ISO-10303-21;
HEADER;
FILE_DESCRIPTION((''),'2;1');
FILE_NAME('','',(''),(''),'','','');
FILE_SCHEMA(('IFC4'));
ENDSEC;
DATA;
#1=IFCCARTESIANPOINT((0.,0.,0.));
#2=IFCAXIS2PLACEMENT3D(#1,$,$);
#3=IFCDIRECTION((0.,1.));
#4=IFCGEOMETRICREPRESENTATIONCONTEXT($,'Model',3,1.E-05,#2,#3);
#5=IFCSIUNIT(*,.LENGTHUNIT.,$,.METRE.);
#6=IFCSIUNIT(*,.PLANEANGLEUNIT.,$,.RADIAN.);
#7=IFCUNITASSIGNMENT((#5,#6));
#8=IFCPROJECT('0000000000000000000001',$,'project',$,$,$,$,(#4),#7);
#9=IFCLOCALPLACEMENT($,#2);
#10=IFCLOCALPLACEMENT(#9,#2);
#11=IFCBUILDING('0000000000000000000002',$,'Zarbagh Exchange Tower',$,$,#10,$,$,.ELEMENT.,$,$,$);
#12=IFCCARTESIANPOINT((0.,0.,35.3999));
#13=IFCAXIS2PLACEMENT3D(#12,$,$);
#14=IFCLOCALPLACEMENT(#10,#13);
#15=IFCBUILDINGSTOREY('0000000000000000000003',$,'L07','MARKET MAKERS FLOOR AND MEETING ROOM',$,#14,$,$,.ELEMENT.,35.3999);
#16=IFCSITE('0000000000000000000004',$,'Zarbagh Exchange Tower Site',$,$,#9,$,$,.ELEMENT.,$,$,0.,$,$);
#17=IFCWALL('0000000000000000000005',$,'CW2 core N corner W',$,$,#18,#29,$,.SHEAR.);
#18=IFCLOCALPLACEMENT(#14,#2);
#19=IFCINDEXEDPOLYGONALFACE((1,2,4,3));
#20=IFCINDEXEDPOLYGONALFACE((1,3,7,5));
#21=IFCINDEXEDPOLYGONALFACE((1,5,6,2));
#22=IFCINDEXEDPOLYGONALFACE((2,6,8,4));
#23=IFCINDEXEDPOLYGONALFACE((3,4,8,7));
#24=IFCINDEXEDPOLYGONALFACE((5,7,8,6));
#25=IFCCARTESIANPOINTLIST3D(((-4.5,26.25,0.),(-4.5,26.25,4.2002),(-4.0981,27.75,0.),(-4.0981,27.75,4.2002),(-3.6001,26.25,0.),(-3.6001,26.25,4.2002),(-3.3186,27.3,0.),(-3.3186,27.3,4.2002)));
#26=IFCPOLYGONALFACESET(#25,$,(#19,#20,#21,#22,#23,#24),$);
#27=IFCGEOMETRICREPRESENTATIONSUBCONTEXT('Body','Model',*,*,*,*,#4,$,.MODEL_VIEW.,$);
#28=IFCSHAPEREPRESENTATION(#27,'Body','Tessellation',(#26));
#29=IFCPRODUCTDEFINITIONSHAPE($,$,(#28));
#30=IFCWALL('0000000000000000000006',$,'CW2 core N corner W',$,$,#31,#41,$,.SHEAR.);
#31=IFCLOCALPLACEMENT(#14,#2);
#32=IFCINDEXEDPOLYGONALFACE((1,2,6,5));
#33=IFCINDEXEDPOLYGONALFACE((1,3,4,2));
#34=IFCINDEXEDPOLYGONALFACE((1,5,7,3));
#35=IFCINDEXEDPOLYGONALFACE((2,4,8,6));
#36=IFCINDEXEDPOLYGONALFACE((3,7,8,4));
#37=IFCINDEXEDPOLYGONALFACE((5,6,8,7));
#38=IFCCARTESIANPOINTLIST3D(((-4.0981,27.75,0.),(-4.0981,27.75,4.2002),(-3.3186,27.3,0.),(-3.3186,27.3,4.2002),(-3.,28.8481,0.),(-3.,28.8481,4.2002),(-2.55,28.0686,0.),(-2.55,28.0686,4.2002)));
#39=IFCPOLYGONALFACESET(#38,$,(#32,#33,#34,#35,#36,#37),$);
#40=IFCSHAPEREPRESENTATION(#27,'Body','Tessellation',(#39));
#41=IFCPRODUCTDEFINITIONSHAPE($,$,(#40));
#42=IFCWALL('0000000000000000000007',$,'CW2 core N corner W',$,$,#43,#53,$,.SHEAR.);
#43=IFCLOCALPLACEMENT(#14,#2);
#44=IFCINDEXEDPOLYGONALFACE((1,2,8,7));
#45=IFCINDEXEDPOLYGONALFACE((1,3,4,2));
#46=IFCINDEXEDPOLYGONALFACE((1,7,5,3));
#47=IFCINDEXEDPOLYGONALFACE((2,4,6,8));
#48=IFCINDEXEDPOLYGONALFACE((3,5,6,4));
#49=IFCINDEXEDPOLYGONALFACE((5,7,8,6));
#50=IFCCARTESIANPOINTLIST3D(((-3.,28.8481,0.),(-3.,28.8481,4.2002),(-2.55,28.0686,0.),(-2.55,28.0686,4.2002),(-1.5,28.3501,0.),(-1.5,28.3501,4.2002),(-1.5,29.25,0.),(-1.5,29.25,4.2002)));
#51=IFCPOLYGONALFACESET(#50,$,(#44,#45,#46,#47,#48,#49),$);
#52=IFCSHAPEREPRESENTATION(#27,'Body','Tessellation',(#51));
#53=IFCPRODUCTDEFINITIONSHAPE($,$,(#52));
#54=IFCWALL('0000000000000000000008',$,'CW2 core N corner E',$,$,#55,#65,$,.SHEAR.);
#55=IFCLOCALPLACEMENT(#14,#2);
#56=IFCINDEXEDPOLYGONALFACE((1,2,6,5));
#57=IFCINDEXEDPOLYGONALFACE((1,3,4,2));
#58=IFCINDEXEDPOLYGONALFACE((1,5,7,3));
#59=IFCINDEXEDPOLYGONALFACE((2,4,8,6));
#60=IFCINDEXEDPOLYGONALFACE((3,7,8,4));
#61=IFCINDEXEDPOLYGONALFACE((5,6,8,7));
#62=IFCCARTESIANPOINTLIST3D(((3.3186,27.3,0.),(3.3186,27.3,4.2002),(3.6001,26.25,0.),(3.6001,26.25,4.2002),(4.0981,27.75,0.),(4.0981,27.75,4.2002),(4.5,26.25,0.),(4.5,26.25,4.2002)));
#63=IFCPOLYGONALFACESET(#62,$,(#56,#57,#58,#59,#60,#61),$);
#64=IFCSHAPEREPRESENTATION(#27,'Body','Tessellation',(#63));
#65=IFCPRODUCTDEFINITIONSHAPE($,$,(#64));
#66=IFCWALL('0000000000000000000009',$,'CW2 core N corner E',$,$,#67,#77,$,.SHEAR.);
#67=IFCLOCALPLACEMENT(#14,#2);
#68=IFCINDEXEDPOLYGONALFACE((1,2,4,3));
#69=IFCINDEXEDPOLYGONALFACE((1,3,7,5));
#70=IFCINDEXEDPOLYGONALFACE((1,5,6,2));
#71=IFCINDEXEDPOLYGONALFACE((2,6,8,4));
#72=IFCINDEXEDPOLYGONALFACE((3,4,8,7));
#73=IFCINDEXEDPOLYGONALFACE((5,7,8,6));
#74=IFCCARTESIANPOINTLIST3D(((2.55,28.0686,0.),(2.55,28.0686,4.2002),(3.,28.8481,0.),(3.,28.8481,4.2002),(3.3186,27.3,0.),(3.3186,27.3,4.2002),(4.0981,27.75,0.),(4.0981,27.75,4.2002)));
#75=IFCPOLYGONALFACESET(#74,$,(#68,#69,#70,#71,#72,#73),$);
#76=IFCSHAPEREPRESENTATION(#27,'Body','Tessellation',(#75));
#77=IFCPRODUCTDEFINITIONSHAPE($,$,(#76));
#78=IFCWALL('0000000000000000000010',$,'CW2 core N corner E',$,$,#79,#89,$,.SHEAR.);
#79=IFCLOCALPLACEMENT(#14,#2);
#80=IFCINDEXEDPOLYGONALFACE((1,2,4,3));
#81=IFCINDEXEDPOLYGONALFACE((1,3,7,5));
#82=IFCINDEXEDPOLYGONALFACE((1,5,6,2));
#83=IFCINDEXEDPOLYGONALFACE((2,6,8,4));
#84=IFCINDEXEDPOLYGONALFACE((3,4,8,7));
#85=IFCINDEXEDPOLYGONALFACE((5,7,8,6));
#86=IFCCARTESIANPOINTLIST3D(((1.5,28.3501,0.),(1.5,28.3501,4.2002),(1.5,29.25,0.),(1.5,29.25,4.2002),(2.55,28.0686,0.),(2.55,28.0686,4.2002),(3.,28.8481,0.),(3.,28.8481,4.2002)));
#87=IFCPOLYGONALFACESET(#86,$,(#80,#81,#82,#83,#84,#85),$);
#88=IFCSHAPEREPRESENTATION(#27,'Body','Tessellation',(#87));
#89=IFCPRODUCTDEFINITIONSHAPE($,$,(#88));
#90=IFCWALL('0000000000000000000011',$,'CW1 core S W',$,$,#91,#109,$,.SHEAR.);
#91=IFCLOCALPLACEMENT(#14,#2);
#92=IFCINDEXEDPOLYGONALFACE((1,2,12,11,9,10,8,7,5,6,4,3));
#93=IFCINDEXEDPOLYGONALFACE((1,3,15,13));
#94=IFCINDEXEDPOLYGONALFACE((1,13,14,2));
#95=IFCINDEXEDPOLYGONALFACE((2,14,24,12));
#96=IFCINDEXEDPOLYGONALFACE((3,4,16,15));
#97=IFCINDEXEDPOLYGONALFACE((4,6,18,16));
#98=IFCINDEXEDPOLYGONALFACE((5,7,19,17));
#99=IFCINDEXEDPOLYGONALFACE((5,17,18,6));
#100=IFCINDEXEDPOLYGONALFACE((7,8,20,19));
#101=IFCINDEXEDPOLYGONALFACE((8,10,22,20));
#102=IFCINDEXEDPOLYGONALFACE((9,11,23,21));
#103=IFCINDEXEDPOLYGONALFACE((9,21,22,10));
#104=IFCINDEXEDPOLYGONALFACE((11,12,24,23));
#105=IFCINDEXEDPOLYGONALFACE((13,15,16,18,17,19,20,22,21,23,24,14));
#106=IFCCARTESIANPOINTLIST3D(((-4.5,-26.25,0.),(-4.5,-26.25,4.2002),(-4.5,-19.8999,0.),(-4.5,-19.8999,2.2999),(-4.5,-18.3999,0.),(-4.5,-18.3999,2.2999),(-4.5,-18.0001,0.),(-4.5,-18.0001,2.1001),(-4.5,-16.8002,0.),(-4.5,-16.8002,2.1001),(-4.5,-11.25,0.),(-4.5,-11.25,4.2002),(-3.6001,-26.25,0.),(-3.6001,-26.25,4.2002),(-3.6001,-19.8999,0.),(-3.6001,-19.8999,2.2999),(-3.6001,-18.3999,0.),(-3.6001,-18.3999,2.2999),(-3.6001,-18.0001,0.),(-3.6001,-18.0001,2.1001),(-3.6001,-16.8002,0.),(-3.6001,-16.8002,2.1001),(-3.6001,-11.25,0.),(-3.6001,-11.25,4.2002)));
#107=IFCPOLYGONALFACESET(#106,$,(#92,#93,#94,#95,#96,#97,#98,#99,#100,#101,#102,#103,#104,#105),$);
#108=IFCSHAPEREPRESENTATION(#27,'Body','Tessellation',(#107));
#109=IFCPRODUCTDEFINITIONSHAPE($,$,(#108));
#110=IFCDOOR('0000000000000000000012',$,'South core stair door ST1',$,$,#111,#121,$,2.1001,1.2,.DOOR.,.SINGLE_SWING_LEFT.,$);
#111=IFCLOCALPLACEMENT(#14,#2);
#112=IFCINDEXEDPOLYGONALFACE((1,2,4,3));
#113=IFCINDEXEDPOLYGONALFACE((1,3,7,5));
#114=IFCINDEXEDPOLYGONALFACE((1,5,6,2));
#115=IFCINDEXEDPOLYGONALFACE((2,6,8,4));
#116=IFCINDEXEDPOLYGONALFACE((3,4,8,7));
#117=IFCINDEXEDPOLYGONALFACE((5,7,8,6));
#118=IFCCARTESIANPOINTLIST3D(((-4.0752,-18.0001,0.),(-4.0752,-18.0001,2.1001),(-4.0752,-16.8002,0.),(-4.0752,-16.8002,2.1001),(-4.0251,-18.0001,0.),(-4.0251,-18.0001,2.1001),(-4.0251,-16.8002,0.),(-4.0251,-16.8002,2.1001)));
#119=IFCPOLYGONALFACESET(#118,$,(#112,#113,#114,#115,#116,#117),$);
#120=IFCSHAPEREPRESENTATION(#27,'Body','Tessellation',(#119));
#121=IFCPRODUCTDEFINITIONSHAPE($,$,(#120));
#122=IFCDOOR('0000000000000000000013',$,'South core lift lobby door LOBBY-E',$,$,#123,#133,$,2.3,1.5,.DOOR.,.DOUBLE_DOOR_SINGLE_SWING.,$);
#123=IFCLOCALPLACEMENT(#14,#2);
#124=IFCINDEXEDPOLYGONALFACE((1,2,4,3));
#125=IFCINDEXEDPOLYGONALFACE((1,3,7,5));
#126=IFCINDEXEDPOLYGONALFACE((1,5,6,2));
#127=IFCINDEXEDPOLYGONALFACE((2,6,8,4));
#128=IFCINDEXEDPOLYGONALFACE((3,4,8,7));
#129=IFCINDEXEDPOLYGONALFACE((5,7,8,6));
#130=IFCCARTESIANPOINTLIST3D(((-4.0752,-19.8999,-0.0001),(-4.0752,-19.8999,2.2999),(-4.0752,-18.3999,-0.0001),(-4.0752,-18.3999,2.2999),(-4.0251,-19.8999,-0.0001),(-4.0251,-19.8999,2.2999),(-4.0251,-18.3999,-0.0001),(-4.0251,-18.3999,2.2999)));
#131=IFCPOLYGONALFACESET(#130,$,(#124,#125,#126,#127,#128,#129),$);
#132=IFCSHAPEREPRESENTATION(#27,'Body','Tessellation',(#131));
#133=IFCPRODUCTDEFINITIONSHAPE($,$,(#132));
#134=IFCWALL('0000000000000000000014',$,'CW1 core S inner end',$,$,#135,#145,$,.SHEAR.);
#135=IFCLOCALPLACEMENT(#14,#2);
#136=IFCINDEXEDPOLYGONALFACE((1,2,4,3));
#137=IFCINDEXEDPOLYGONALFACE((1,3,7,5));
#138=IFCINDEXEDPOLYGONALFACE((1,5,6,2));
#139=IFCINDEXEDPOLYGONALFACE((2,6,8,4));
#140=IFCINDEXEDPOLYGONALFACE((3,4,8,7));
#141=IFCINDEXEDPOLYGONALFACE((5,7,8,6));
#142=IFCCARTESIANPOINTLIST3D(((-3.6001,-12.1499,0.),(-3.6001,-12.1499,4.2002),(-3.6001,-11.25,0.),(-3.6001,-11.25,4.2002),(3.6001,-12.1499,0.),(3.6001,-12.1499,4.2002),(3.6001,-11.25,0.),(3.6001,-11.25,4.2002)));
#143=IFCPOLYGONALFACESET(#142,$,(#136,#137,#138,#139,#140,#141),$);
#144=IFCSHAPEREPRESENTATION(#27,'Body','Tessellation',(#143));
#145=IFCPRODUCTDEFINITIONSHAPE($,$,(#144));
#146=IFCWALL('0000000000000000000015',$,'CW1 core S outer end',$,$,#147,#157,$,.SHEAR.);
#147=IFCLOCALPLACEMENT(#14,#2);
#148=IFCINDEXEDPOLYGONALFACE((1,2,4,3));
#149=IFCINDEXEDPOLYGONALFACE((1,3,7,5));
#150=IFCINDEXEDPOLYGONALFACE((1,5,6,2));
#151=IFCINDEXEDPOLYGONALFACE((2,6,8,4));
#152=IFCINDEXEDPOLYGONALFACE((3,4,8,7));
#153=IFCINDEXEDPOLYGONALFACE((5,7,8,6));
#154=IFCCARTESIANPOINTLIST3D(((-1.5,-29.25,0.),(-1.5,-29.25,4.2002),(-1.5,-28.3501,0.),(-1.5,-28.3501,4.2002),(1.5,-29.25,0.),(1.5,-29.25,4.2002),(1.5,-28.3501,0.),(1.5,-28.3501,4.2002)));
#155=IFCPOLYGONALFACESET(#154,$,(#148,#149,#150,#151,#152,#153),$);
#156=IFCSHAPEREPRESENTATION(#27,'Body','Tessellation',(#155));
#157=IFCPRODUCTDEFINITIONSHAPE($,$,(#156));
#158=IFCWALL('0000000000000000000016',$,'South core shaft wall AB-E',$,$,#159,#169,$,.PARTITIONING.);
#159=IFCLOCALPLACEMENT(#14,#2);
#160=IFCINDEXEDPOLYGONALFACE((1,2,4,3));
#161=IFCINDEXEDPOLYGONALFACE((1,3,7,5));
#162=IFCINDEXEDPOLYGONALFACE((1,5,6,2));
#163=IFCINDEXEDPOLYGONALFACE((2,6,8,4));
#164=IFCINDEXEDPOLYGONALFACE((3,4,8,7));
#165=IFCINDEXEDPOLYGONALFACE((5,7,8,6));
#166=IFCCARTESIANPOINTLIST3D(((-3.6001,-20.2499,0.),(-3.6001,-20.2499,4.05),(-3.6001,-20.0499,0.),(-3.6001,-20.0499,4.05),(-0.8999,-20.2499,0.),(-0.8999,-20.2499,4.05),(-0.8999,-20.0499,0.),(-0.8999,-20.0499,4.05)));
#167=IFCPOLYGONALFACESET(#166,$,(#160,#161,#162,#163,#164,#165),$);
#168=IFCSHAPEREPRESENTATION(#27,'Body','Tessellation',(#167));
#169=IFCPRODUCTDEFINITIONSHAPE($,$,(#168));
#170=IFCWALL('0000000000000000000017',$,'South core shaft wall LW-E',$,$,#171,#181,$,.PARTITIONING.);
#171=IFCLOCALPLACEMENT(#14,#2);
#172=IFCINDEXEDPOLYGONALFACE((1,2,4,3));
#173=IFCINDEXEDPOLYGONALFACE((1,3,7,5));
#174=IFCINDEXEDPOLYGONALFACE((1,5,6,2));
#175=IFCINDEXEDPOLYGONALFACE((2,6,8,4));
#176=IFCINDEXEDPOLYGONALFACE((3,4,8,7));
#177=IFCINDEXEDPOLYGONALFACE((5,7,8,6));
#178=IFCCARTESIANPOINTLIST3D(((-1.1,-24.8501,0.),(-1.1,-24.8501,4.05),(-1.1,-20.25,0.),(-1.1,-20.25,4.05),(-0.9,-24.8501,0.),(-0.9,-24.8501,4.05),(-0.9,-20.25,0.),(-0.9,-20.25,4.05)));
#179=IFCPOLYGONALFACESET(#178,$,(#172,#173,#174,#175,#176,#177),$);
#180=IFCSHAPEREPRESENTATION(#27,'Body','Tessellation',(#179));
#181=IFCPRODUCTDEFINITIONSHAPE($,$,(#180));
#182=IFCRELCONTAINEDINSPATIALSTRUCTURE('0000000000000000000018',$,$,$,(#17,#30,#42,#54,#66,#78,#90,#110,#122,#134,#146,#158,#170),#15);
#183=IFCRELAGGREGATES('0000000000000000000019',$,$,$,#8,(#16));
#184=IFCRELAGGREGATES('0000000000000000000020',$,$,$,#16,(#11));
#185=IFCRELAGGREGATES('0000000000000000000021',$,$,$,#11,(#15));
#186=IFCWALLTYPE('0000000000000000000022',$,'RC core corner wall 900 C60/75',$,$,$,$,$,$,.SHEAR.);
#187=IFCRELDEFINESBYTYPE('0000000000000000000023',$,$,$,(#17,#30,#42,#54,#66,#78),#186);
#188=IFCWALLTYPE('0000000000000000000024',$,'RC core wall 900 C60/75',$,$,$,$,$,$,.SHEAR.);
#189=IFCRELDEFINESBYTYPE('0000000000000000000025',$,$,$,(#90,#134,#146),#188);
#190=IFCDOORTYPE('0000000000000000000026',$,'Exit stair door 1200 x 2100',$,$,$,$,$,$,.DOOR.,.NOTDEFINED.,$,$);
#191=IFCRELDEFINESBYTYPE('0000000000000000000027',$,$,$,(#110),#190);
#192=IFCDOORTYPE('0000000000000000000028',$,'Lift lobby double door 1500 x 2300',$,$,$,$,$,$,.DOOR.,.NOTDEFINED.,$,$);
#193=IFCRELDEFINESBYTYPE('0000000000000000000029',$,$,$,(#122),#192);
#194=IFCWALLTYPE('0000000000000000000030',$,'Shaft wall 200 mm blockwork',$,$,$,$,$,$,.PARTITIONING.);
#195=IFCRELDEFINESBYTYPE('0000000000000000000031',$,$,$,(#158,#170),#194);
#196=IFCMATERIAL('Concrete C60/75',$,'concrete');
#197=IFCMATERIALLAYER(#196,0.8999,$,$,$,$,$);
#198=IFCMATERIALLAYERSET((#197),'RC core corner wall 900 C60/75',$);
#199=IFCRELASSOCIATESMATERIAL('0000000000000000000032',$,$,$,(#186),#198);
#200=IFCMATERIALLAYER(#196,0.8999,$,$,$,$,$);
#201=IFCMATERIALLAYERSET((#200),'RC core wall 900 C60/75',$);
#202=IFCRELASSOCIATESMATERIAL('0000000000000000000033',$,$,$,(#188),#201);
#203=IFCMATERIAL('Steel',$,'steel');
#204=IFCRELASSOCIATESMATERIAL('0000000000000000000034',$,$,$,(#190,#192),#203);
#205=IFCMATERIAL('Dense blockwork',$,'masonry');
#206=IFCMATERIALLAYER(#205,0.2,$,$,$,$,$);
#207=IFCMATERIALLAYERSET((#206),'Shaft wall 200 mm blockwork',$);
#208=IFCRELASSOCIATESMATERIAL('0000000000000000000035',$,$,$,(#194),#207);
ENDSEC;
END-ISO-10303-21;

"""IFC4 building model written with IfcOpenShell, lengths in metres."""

from ifc_helpers import new_model, si_unit, direction, frame, frame_2d, origin, place, context, subcontext, project, spatial, polyline, rectangle, outline, extrude, material, layer, layer_set, type_object, element, fill, save


model = new_model("IFC4")

# Units and contexts
model_context = context("Model", 3, precision=1e-05, world=origin(), true_north=direction((0.0, 1.0)))
body_context = subcontext(model_context, "Body", "Model", "MODEL_VIEW")
ifc_project = project(units=[si_unit("LENGTHUNIT", "METRE"), si_unit("PLANEANGLEUNIT", "RADIAN")], contexts=[model_context])

# Site, building, storey
site_placement = place(None, origin())
site = spatial("IfcSite", under=ifc_project, at=site_placement, Name="Zarbagh Exchange Tower Site", CompositionType="ELEMENT", RefElevation=0.0)
building_placement = place(site_placement, origin())
building = spatial("IfcBuilding", under=site, at=building_placement, Name="Zarbagh Exchange Tower", CompositionType="ELEMENT")
storey_placement = place(building_placement, frame((0.0, 0.0, 35.3999)))
storey = spatial("IfcBuildingStorey", under=building, at=storey_placement, Name="L07", Description="MARKET MAKERS FLOOR AND MEETING ROOM", CompositionType="ELEMENT", Elevation=35.3999)

# Shared definitions
ifc_material_1 = material(Name="Concrete C60/75", Category="concrete")

# Walls
ifc_layer_1 = layer(ifc_material_1, 0.8999)
ifc_layer_set_1 = layer_set([ifc_layer_1], Name="RC core corner wall 900 C60/75")
wall_type_1 = type_object("IfcWallType", Name="RC core corner wall 900 C60/75", PredefinedType="SHEAR", material=ifc_layer_set_1)
wall_1_placement = place(storey_placement, origin())
element("IfcWall", 1, at=wall_1_placement, inside=storey, type_object=wall_type_1, Name="CW2 core N corner W", PredefinedType="SHEAR", context=body_context, shape_type="SweptSolid", body=[
    extrude(outline(polyline([(-4.5, 26.25), (-4.0981, 27.75), (-3.3186, 27.3), (-3.6001, 26.25), (-4.5, 26.25)])), origin(), (0.0, 0.0, 1.0), 4.2002),
])
wall_2_placement = place(storey_placement, origin())
element("IfcWall", 2, at=wall_2_placement, inside=storey, type_object=wall_type_1, Name="CW2 core N corner W", PredefinedType="SHEAR", context=body_context, shape_type="SweptSolid", body=[
    extrude(outline(polyline([(-4.0981, 27.75), (-3.0, 28.8481), (-2.55, 28.0686), (-3.3186, 27.3), (-4.0981, 27.75)])), origin(), (0.0, 0.0, 1.0), 4.2002),
])
wall_3_placement = place(storey_placement, origin())
element("IfcWall", 3, at=wall_3_placement, inside=storey, type_object=wall_type_1, Name="CW2 core N corner W", PredefinedType="SHEAR", context=body_context, shape_type="SweptSolid", body=[
    extrude(outline(polyline([(-3.0, 28.8481), (-1.5, 29.25), (-1.5, 28.3501), (-2.55, 28.0686), (-3.0, 28.8481)])), origin(), (0.0, 0.0, 1.0), 4.2002),
])
wall_4_placement = place(storey_placement, origin())
element("IfcWall", 4, at=wall_4_placement, inside=storey, type_object=wall_type_1, Name="CW2 core N corner E", PredefinedType="SHEAR", context=body_context, shape_type="SweptSolid", body=[
    extrude(outline(polyline([(4.5, 26.25), (4.0981, 27.75), (3.3186, 27.3), (3.6001, 26.25), (4.5, 26.25)])), origin(), (0.0, 0.0, 1.0), 4.2002),
])
wall_5_placement = place(storey_placement, origin())
element("IfcWall", 5, at=wall_5_placement, inside=storey, type_object=wall_type_1, Name="CW2 core N corner E", PredefinedType="SHEAR", context=body_context, shape_type="SweptSolid", body=[
    extrude(outline(polyline([(4.0981, 27.75), (3.0, 28.8481), (2.55, 28.0686), (3.3186, 27.3), (4.0981, 27.75)])), origin(), (0.0, 0.0, 1.0), 4.2002),
])
wall_6_placement = place(storey_placement, origin())
element("IfcWall", 6, at=wall_6_placement, inside=storey, type_object=wall_type_1, Name="CW2 core N corner E", PredefinedType="SHEAR", context=body_context, shape_type="SweptSolid", body=[
    extrude(outline(polyline([(3.0, 28.8481), (1.5, 29.25), (1.5, 28.3501), (2.55, 28.0686), (3.0, 28.8481)])), origin(), (0.0, 0.0, 1.0), 4.2002),
])

# Wall, openings, doors
ifc_layer_2 = layer(ifc_material_1, 0.8999)
ifc_layer_set_2 = layer_set([ifc_layer_2], Name="RC core wall 900 C60/75")
wall_type_2 = type_object("IfcWallType", Name="RC core wall 900 C60/75", PredefinedType="SHEAR", material=ifc_layer_set_2)
wall_7_placement = place(storey_placement, frame((-4.05, -11.25, 0.0), z_axis=(0.0, 0.0, 1.0), x_axis=(0.0, -1.0, 0.0)))
wall_7 = element("IfcWall", 7, at=wall_7_placement, inside=storey, type_object=wall_type_2, Name="CW1 core S W", PredefinedType="SHEAR", context=body_context, shape_type="SweptSolid", body=[
    extrude(rectangle(XDim=15.0, YDim=0.8999, at=frame_2d((7.5, 0.0))), origin(), (0.0, 0.0, 1.0), 4.2002),
])
opening_1_placement = place(wall_7_placement, frame((7.1499, 0.0, 0.0)))
opening_1 = element("IfcOpeningElement", 8, at=opening_1_placement, cuts=wall_7, PredefinedType="OPENING", context=body_context, shape_type="SweptSolid", body=[
    extrude(rectangle(XDim=1.5, YDim=2.3, at=frame_2d((0.75, 1.1499))), frame((0.0, 0.46, 0.0), z_axis=(0.0, -1.0, 0.0), x_axis=(1.0, 0.0, 0.0)), (0.0, 0.0, 1.0), 0.9199),
])
opening_2_placement = place(wall_7_placement, frame((5.55, 0.0, 0.0)))
opening_2 = element("IfcOpeningElement", 9, at=opening_2_placement, cuts=wall_7, PredefinedType="OPENING", context=body_context, shape_type="SweptSolid", body=[
    extrude(rectangle(XDim=1.2, YDim=2.1001, at=frame_2d((0.6001, 1.05))), frame((0.0, 0.46, 0.0), z_axis=(0.0, -1.0, 0.0), x_axis=(1.0, 0.0, 0.0)), (0.0, 0.0, 1.0), 0.9199),
])
ifc_material_2 = material(Name="Steel", Category="steel")
door_type_1 = type_object("IfcDoorType", Name="Exit stair door 1200 x 2100", OperationType="NOTDEFINED", PredefinedType="DOOR", material=ifc_material_2)
door_1_placement = place(opening_2_placement, origin())
door_1 = element("IfcDoor", 10, at=door_1_placement, inside=storey, type_object=door_type_1, Name="South core stair door ST1", OperationType="SINGLE_SWING_LEFT", OverallHeight=2.1001, OverallWidth=1.2, PredefinedType="DOOR", context=body_context, shape_type="SweptSolid", body=[
    extrude(rectangle(XDim=1.2, YDim=2.1001, at=frame_2d((0.6001, 1.05))), frame((0.0, 0.0249, 0.0), z_axis=(0.0, -1.0, 0.0), x_axis=(1.0, 0.0, 0.0)), (0.0, 0.0, 1.0), 0.05),
])
fill(opening_2, door_1)
door_type_2 = type_object("IfcDoorType", Name="Lift lobby double door 1500 x 2300", OperationType="NOTDEFINED", PredefinedType="DOOR", material=ifc_material_2)
door_2_placement = place(opening_1_placement, origin())
door_2 = element("IfcDoor", 11, at=door_2_placement, inside=storey, type_object=door_type_2, Name="South core lift lobby door LOBBY-E", OperationType="DOUBLE_DOOR_SINGLE_SWING", OverallHeight=2.3, OverallWidth=1.5, PredefinedType="DOOR", context=body_context, shape_type="SweptSolid", body=[
    extrude(rectangle(XDim=1.5, YDim=2.3, at=frame_2d((0.75, 1.1499))), frame((0.0, 0.0249, 0.0), z_axis=(0.0, -1.0, 0.0), x_axis=(1.0, 0.0, 0.0)), (0.0, 0.0, 1.0), 0.05),
])
fill(opening_1, door_2)

# Walls
wall_8_placement = place(storey_placement, frame((-3.6001, -11.7, 0.0), z_axis=(0.0, 0.0, 1.0), x_axis=(1.0, 0.0, 0.0)))
element("IfcWall", 12, at=wall_8_placement, inside=storey, type_object=wall_type_2, Name="CW1 core S inner end", PredefinedType="SHEAR", context=body_context, shape_type="SweptSolid", body=[
    extrude(rectangle(XDim=7.2002, YDim=0.8999, at=frame_2d((3.6001, 0.0))), origin(), (0.0, 0.0, 1.0), 4.2002),
])
wall_9_placement = place(storey_placement, frame((-1.5, -28.8, 0.0), z_axis=(0.0, 0.0, 1.0), x_axis=(1.0, 0.0, 0.0)))
element("IfcWall", 13, at=wall_9_placement, inside=storey, type_object=wall_type_2, Name="CW1 core S outer end", PredefinedType="SHEAR", context=body_context, shape_type="SweptSolid", body=[
    extrude(rectangle(XDim=3.0, YDim=0.8999, at=frame_2d((1.5, 0.0))), origin(), (0.0, 0.0, 1.0), 4.2002),
])
ifc_material_3 = material(Name="Dense blockwork", Category="masonry")
ifc_layer_3 = layer(ifc_material_3, 0.2)
ifc_layer_set_3 = layer_set([ifc_layer_3], Name="Shaft wall 200 mm blockwork")
wall_type_3 = type_object("IfcWallType", Name="Shaft wall 200 mm blockwork", PredefinedType="PARTITIONING", material=ifc_layer_set_3)
wall_10_placement = place(storey_placement, frame((-0.8999, -20.1499, 0.0), z_axis=(0.0, 0.0, 1.0), x_axis=(-1.0, 0.0, 0.0)))
element("IfcWall", 14, at=wall_10_placement, inside=storey, type_object=wall_type_3, Name="South core shaft wall AB-E", PredefinedType="PARTITIONING", context=body_context, shape_type="SweptSolid", body=[
    extrude(rectangle(XDim=2.7002, YDim=0.2, at=frame_2d((1.3501, 0.0))), origin(), (0.0, 0.0, 1.0), 4.05),
])
wall_11_placement = place(storey_placement, frame((-1.0, -24.8501, 0.0), z_axis=(0.0, 0.0, 1.0), x_axis=(0.0, 1.0, 0.0)))
element("IfcWall", 15, at=wall_11_placement, inside=storey, type_object=wall_type_3, Name="South core shaft wall LW-E", PredefinedType="PARTITIONING", context=body_context, shape_type="SweptSolid", body=[
    extrude(rectangle(XDim=4.6001, YDim=0.2, at=frame_2d((2.3, 0.0))), origin(), (0.0, 0.0, 1.0), 4.05),
])

save(model, "model.ifc")
